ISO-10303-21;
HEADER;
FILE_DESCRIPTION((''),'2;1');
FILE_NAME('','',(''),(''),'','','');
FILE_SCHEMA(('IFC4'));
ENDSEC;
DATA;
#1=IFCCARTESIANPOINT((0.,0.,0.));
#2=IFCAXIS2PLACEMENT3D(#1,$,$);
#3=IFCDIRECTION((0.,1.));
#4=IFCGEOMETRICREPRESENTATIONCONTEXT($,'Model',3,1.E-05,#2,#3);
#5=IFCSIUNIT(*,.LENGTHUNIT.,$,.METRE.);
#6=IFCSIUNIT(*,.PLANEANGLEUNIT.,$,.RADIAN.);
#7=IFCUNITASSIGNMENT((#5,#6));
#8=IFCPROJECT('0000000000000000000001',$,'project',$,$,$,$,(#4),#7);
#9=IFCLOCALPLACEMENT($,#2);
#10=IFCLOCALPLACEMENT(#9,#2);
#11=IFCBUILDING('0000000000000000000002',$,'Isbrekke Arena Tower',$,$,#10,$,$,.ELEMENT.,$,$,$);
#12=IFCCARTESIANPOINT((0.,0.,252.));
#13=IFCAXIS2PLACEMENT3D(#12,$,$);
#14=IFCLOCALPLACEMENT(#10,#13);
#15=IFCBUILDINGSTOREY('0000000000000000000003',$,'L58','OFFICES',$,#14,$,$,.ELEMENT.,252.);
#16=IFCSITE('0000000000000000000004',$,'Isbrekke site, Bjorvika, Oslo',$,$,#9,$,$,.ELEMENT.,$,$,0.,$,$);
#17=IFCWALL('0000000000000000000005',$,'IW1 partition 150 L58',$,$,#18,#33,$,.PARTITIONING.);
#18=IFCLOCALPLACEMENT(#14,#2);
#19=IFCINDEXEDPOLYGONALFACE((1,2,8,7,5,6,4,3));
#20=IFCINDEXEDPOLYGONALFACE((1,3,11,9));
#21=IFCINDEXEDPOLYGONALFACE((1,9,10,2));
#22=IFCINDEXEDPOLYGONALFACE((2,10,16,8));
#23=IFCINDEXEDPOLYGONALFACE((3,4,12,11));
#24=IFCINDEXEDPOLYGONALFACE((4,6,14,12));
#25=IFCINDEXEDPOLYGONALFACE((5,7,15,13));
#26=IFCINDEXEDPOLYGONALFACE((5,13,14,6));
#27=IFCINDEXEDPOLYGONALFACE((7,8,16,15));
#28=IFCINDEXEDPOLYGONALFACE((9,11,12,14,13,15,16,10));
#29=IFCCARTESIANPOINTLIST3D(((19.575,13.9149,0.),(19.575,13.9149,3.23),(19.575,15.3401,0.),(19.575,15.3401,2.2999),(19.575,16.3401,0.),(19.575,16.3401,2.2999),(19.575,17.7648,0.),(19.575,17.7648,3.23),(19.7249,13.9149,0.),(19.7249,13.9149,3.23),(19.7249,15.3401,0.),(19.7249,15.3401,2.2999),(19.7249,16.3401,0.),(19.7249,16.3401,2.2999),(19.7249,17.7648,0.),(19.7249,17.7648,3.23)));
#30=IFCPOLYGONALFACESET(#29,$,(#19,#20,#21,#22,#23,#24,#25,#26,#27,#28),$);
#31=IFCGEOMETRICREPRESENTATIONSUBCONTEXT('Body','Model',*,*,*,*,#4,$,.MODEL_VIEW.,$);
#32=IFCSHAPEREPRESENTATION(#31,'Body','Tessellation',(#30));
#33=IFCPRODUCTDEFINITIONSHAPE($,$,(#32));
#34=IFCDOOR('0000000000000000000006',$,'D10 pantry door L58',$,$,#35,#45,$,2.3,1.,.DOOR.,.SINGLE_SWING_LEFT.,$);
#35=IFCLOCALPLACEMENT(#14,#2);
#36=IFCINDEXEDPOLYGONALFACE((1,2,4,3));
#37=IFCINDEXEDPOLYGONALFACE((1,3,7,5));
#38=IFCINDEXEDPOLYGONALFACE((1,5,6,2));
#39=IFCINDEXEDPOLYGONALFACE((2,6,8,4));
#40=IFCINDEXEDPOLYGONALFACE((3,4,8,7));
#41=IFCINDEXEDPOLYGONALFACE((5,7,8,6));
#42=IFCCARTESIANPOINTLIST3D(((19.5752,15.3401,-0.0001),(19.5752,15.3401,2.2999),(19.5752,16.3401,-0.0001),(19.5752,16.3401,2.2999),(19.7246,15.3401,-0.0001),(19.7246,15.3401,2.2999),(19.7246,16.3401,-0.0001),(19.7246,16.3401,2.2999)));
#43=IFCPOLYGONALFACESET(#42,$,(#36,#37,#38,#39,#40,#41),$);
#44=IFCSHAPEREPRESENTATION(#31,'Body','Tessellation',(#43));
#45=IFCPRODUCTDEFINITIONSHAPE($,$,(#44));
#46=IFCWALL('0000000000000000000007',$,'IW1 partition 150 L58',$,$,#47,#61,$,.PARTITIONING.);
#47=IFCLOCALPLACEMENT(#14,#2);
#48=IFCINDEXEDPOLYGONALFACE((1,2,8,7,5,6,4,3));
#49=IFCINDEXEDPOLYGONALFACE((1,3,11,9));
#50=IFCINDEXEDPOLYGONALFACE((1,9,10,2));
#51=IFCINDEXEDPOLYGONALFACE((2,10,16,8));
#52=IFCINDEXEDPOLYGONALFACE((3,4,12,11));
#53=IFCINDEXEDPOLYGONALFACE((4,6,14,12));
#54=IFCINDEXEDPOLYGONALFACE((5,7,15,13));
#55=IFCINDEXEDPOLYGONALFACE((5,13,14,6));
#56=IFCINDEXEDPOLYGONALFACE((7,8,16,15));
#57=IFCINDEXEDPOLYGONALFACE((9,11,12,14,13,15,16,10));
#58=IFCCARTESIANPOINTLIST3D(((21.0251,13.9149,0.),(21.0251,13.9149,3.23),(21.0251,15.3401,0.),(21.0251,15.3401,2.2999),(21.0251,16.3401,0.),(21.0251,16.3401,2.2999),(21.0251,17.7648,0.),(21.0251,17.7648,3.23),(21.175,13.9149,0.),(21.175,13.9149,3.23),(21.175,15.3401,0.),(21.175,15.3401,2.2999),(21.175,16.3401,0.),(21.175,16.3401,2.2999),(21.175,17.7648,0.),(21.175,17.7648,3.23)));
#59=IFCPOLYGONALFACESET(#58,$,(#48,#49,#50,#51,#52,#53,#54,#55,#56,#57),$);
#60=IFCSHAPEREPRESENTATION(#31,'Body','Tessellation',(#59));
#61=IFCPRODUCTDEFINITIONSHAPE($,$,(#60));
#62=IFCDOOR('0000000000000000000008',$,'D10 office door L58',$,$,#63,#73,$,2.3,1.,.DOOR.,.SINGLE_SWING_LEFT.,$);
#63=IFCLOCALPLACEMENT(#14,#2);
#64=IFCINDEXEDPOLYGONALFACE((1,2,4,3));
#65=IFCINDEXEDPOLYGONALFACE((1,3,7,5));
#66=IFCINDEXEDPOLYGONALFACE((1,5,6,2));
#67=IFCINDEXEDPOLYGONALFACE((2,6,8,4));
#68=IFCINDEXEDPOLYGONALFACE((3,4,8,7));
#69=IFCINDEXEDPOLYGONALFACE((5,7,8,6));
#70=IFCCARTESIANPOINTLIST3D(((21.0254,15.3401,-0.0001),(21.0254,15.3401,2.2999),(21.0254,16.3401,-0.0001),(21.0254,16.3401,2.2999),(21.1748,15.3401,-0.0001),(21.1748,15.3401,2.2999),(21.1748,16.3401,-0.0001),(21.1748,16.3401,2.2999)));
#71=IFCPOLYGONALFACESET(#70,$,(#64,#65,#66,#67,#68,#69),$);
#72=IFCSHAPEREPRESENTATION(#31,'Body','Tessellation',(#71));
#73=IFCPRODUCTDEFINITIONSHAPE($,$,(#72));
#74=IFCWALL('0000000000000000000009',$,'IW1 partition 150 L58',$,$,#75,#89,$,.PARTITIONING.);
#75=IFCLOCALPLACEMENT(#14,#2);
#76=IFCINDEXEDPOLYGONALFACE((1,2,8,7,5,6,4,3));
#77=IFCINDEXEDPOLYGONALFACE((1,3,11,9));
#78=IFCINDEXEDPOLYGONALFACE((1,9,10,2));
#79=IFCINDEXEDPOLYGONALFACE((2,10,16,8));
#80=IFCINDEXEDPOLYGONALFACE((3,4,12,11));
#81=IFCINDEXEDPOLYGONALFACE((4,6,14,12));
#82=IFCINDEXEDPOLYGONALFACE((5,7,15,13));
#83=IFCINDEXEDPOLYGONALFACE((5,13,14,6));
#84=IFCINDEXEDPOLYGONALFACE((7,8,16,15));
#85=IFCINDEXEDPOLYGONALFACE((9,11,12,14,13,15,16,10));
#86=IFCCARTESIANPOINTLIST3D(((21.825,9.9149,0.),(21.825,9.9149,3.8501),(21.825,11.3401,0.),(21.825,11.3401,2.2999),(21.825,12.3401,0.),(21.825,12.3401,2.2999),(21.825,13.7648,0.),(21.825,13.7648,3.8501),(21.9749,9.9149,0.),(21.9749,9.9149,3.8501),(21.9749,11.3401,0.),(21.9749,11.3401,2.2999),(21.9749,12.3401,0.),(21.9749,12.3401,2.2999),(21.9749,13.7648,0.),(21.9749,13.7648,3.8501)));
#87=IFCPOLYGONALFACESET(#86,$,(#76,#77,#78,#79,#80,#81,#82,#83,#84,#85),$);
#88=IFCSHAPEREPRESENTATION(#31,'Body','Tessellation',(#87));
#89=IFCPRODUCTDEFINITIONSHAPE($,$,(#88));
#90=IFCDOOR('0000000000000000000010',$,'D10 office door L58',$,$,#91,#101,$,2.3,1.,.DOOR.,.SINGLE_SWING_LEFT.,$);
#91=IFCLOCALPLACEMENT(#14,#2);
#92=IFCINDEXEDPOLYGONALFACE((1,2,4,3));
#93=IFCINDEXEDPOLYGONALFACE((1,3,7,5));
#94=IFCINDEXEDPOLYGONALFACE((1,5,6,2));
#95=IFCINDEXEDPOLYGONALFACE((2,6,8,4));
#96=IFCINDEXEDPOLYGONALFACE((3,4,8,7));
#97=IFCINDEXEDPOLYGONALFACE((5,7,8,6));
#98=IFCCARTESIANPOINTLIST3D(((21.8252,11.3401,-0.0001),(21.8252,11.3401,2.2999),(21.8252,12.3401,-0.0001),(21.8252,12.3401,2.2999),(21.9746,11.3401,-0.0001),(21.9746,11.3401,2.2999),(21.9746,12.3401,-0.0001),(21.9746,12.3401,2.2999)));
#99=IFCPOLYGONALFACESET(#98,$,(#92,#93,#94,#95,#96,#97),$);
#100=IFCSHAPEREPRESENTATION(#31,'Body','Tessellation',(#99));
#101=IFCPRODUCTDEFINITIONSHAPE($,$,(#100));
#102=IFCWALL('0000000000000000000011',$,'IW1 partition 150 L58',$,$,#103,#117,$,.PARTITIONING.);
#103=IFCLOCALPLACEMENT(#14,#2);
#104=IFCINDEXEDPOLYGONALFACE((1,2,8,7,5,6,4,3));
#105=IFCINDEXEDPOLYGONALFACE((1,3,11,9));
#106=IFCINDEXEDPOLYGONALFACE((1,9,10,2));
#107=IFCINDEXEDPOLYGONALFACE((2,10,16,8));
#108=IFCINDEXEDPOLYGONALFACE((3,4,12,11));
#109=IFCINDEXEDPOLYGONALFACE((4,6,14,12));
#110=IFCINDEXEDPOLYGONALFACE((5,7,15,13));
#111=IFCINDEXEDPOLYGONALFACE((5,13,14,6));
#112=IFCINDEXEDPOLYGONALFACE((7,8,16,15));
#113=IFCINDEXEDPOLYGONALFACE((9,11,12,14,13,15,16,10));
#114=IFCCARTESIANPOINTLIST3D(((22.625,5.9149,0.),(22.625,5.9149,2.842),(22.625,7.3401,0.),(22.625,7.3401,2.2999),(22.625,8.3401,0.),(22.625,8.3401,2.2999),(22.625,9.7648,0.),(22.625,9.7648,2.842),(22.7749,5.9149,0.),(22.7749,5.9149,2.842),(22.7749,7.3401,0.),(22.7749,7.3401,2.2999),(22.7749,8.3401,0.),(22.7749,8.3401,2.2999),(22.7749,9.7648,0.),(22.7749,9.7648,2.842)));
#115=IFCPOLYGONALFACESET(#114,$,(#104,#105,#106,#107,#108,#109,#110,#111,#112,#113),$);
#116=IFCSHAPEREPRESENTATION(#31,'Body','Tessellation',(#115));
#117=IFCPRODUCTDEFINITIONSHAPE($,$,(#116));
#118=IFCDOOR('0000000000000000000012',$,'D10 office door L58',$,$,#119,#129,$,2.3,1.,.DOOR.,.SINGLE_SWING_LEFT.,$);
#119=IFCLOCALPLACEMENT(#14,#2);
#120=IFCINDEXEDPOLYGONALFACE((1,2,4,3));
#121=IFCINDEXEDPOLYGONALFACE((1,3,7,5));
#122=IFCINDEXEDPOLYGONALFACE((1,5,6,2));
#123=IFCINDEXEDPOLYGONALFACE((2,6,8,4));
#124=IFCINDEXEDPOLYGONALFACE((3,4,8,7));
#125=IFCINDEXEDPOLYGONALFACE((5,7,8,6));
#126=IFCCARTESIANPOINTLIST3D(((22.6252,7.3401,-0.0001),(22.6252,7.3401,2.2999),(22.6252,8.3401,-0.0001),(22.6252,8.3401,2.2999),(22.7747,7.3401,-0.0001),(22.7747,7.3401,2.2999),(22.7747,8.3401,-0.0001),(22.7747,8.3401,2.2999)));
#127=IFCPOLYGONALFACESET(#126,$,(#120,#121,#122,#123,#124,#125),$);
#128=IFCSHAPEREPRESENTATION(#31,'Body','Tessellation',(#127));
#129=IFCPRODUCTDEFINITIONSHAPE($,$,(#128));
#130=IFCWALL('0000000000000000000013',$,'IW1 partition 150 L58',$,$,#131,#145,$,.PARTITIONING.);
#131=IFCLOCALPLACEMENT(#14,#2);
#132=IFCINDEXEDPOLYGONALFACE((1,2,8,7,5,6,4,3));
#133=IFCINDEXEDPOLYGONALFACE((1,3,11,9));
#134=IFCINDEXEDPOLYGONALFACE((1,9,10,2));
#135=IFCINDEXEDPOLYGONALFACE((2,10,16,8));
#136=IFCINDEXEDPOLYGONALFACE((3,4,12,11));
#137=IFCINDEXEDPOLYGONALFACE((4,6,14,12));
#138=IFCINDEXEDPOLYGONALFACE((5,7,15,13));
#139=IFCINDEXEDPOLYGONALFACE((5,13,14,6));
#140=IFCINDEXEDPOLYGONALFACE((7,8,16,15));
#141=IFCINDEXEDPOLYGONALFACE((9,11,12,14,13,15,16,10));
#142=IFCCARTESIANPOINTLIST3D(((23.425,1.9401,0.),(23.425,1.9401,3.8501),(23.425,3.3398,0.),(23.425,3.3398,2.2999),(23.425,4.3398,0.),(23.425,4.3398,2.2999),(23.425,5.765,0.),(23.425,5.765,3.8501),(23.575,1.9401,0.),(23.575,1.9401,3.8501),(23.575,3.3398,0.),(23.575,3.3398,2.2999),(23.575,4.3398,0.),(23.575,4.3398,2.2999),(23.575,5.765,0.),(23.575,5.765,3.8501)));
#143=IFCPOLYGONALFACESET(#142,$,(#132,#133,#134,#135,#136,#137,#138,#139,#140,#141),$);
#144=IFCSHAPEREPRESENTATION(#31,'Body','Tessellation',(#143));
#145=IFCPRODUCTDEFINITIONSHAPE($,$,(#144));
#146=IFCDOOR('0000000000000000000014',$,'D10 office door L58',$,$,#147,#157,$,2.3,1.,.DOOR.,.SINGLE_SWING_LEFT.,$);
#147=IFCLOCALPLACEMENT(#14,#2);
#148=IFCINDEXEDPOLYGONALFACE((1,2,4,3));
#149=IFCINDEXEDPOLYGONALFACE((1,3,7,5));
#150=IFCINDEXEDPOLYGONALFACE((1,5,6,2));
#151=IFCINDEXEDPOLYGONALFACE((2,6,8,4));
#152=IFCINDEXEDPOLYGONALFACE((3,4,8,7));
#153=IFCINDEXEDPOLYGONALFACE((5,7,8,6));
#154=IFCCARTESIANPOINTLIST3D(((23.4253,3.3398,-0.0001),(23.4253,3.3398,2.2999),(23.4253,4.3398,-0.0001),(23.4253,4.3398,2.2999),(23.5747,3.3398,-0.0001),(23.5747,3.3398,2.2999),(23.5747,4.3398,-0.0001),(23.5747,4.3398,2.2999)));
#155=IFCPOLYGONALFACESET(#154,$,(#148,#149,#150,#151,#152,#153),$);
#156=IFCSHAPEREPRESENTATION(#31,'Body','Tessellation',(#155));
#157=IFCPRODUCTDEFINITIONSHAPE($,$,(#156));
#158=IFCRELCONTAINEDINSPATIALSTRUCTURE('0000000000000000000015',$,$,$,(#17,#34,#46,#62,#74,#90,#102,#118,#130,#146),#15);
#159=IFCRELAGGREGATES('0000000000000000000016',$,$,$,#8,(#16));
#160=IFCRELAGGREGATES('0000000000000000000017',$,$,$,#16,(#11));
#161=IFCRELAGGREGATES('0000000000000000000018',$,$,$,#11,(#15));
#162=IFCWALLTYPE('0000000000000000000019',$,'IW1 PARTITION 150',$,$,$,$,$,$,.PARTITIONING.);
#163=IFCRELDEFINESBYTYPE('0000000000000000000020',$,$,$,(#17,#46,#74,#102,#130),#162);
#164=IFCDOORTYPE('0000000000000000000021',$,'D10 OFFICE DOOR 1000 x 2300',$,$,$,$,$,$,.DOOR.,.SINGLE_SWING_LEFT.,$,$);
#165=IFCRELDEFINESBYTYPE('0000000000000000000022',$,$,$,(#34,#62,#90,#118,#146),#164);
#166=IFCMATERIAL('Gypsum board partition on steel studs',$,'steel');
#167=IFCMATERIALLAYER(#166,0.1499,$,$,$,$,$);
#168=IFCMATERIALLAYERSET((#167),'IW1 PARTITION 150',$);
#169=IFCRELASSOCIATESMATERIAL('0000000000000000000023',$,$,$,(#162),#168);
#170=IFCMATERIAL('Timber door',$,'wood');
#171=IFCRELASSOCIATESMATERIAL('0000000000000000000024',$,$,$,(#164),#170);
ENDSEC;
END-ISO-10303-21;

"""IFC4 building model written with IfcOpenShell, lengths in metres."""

from ifc_helpers import new_model, si_unit, direction, frame, frame_2d, origin, place, context, subcontext, project, spatial, rectangle, extrude, material, layer, layer_set, type_object, element, fill, save


model = new_model("IFC4")

# Units and contexts
model_context = context("Model", 3, precision=1e-05, world=origin(), true_north=direction((0.0, 1.0)))
body_context = subcontext(model_context, "Body", "Model", "MODEL_VIEW")
ifc_project = project(units=[si_unit("LENGTHUNIT", "METRE"), si_unit("PLANEANGLEUNIT", "RADIAN")], contexts=[model_context])

# Site, building, storey
site_placement = place(None, origin())
site = spatial("IfcSite", under=ifc_project, at=site_placement, Name="Isbrekke site, Bjorvika, Oslo", CompositionType="ELEMENT", RefElevation=0.0)
building_placement = place(site_placement, origin())
building = spatial("IfcBuilding", under=site, at=building_placement, Name="Isbrekke Arena Tower", CompositionType="ELEMENT")
storey_placement = place(building_placement, frame((0.0, 0.0, 252.0)))
storey = spatial("IfcBuildingStorey", under=building, at=storey_placement, Name="L58", Description="OFFICES", CompositionType="ELEMENT", Elevation=252.0)

# Shared definitions
ifc_material_1 = material(Name="Gypsum board partition on steel studs", Category="steel")
ifc_layer_1 = layer(ifc_material_1, 0.1499)
ifc_layer_set_1 = layer_set([ifc_layer_1], Name="IW1 PARTITION 150")
wall_type = type_object("IfcWallType", Name="IW1 PARTITION 150", PredefinedType="PARTITIONING", material=ifc_layer_set_1)

# Walls, openings, doors
wall_1_placement = place(storey_placement, frame((19.6499, 13.915, 0.0), z_axis=(0.0, 0.0, 1.0), x_axis=(0.0, 1.0, 0.0)))
wall_1 = element("IfcWall", 1, at=wall_1_placement, inside=storey, type_object=wall_type, Name="IW1 partition 150 L58", PredefinedType="PARTITIONING", context=body_context, shape_type="SweptSolid", body=[
    extrude(rectangle(XDim=3.8499, YDim=0.1499, at=frame_2d((1.9248, 0.0))), origin(), (0.0, 0.0, 1.0), 3.23),
])
opening_1_placement = place(wall_1_placement, frame((1.425, 0.0, 0.0)))
opening_1 = element("IfcOpeningElement", 2, at=opening_1_placement, cuts=wall_1, PredefinedType="OPENING", context=body_context, shape_type="SweptSolid", body=[
    extrude(rectangle(XDim=1.0, YDim=2.3, at=frame_2d((0.5, 1.1499))), frame((0.0, 0.0898, 0.0), z_axis=(0.0, -1.0, 0.0), x_axis=(1.0, 0.0, 0.0)), (0.0, 0.0, 1.0), 0.1797),
])
ifc_material_2 = material(Name="Timber door", Category="wood")
door_type = type_object("IfcDoorType", Name="D10 OFFICE DOOR 1000 x 2300", OperationType="SINGLE_SWING_LEFT", PredefinedType="DOOR", material=ifc_material_2)
door_1_placement = place(opening_1_placement, origin())
door_1 = element("IfcDoor", 3, at=door_1_placement, inside=storey, type_object=door_type, Name="D10 pantry door L58", OperationType="SINGLE_SWING_LEFT", OverallHeight=2.3, OverallWidth=1.0, PredefinedType="DOOR", context=body_context, shape_type="SweptSolid", body=[
    extrude(rectangle(XDim=1.0, YDim=2.3, at=frame_2d((0.5, 1.1499))), frame((0.0, 0.0747, 0.0), z_axis=(0.0, -1.0, 0.0), x_axis=(1.0, 0.0, 0.0)), (0.0, 0.0, 1.0), 0.1494),
])
fill(opening_1, door_1)
wall_2_placement = place(storey_placement, frame((21.1001, 13.915, 0.0), z_axis=(0.0, 0.0, 1.0), x_axis=(0.0, 1.0, 0.0)))
wall_2 = element("IfcWall", 4, at=wall_2_placement, inside=storey, type_object=wall_type, Name="IW1 partition 150 L58", PredefinedType="PARTITIONING", context=body_context, shape_type="SweptSolid", body=[
    extrude(rectangle(XDim=3.8499, YDim=0.1499, at=frame_2d((1.9248, 0.0))), origin(), (0.0, 0.0, 1.0), 3.23),
])
opening_2_placement = place(wall_2_placement, frame((1.425, 0.0, 0.0)))
opening_2 = element("IfcOpeningElement", 5, at=opening_2_placement, cuts=wall_2, PredefinedType="OPENING", context=body_context, shape_type="SweptSolid", body=[
    extrude(rectangle(XDim=1.0, YDim=2.3, at=frame_2d((0.5, 1.1499))), frame((0.0, 0.0898, 0.0), z_axis=(0.0, -1.0, 0.0), x_axis=(1.0, 0.0, 0.0)), (0.0, 0.0, 1.0), 0.1797),
])
door_2_placement = place(opening_2_placement, origin())
door_2 = element("IfcDoor", 6, at=door_2_placement, inside=storey, type_object=door_type, Name="D10 office door L58", OperationType="SINGLE_SWING_LEFT", OverallHeight=2.3, OverallWidth=1.0, PredefinedType="DOOR", context=body_context, shape_type="SweptSolid", body=[
    extrude(rectangle(XDim=1.0, YDim=2.3, at=frame_2d((0.5, 1.1499))), frame((0.0, 0.0747, 0.0), z_axis=(0.0, -1.0, 0.0), x_axis=(1.0, 0.0, 0.0)), (0.0, 0.0, 1.0), 0.1494),
])
fill(opening_2, door_2)
wall_3_placement = place(storey_placement, frame((21.8999, 9.915, 0.0), z_axis=(0.0, 0.0, 1.0), x_axis=(0.0, 1.0, 0.0)))
wall_3 = element("IfcWall", 7, at=wall_3_placement, inside=storey, type_object=wall_type, Name="IW1 partition 150 L58", PredefinedType="PARTITIONING", context=body_context, shape_type="SweptSolid", body=[
    extrude(rectangle(XDim=3.8499, YDim=0.1499, at=frame_2d((1.9248, 0.0))), origin(), (0.0, 0.0, 1.0), 3.8501),
])
opening_3_placement = place(wall_3_placement, frame((1.425, 0.0, 0.0)))
opening_3 = element("IfcOpeningElement", 8, at=opening_3_placement, cuts=wall_3, PredefinedType="OPENING", context=body_context, shape_type="SweptSolid", body=[
    extrude(rectangle(XDim=1.0, YDim=2.3, at=frame_2d((0.5, 1.1499))), frame((0.0, 0.0898, 0.0), z_axis=(0.0, -1.0, 0.0), x_axis=(1.0, 0.0, 0.0)), (0.0, 0.0, 1.0), 0.1797),
])
door_3_placement = place(opening_3_placement, origin())
door_3 = element("IfcDoor", 9, at=door_3_placement, inside=storey, type_object=door_type, Name="D10 office door L58", OperationType="SINGLE_SWING_LEFT", OverallHeight=2.3, OverallWidth=1.0, PredefinedType="DOOR", context=body_context, shape_type="SweptSolid", body=[
    extrude(rectangle(XDim=1.0, YDim=2.3, at=frame_2d((0.5, 1.1499))), frame((0.0, 0.0747, 0.0), z_axis=(0.0, -1.0, 0.0), x_axis=(1.0, 0.0, 0.0)), (0.0, 0.0, 1.0), 0.1494),
])
fill(opening_3, door_3)
wall_4_placement = place(storey_placement, frame((22.7, 5.915, 0.0), z_axis=(0.0, 0.0, 1.0), x_axis=(0.0, 1.0, 0.0)))
wall_4 = element("IfcWall", 10, at=wall_4_placement, inside=storey, type_object=wall_type, Name="IW1 partition 150 L58", PredefinedType="PARTITIONING", context=body_context, shape_type="SweptSolid", body=[
    extrude(rectangle(XDim=3.8499, YDim=0.1499, at=frame_2d((1.9248, 0.0))), origin(), (0.0, 0.0, 1.0), 2.842),
])
opening_4_placement = place(wall_4_placement, frame((1.425, 0.0, 0.0)))
opening_4 = element("IfcOpeningElement", 11, at=opening_4_placement, cuts=wall_4, PredefinedType="OPENING", context=body_context, shape_type="SweptSolid", body=[
    extrude(rectangle(XDim=1.0, YDim=2.3, at=frame_2d((0.5, 1.1499))), frame((0.0, 0.0898, 0.0), z_axis=(0.0, -1.0, 0.0), x_axis=(1.0, 0.0, 0.0)), (0.0, 0.0, 1.0), 0.1797),
])
door_4_placement = place(opening_4_placement, origin())
door_4 = element("IfcDoor", 12, at=door_4_placement, inside=storey, type_object=door_type, Name="D10 office door L58", OperationType="SINGLE_SWING_LEFT", OverallHeight=2.3, OverallWidth=1.0, PredefinedType="DOOR", context=body_context, shape_type="SweptSolid", body=[
    extrude(rectangle(XDim=1.0, YDim=2.3, at=frame_2d((0.5, 1.1499))), frame((0.0, 0.0747, 0.0), z_axis=(0.0, -1.0, 0.0), x_axis=(1.0, 0.0, 0.0)), (0.0, 0.0, 1.0), 0.1494),
])
fill(opening_4, door_4)
wall_5_placement = place(storey_placement, frame((23.5, 1.9399, 0.0), z_axis=(0.0, 0.0, 1.0), x_axis=(0.0, 1.0, 0.0)))
wall_5 = element("IfcWall", 13, at=wall_5_placement, inside=storey, type_object=wall_type, Name="IW1 partition 150 L58", PredefinedType="PARTITIONING", context=body_context, shape_type="SweptSolid", body=[
    extrude(rectangle(XDim=3.825, YDim=0.1499, at=frame_2d((1.9126, 0.0))), origin(), (0.0, 0.0, 1.0), 3.8501),
])
opening_5_placement = place(wall_5_placement, frame((1.3999, 0.0, 0.0)))
opening_5 = element("IfcOpeningElement", 14, at=opening_5_placement, cuts=wall_5, PredefinedType="OPENING", context=body_context, shape_type="SweptSolid", body=[
    extrude(rectangle(XDim=1.0, YDim=2.3, at=frame_2d((0.5, 1.1499))), frame((0.0, 0.0898, 0.0), z_axis=(0.0, -1.0, 0.0), x_axis=(1.0, 0.0, 0.0)), (0.0, 0.0, 1.0), 0.1797),
])
door_5_placement = place(opening_5_placement, origin())
door_5 = element("IfcDoor", 15, at=door_5_placement, inside=storey, type_object=door_type, Name="D10 office door L58", OperationType="SINGLE_SWING_LEFT", OverallHeight=2.3, OverallWidth=1.0, PredefinedType="DOOR", context=body_context, shape_type="SweptSolid", body=[
    extrude(rectangle(XDim=1.0, YDim=2.3, at=frame_2d((0.5, 1.1499))), frame((0.0, 0.0747, 0.0), z_axis=(0.0, -1.0, 0.0), x_axis=(1.0, 0.0, 0.0)), (0.0, 0.0, 1.0), 0.1494),
])
fill(opening_5, door_5)

save(model, "model.ifc")
